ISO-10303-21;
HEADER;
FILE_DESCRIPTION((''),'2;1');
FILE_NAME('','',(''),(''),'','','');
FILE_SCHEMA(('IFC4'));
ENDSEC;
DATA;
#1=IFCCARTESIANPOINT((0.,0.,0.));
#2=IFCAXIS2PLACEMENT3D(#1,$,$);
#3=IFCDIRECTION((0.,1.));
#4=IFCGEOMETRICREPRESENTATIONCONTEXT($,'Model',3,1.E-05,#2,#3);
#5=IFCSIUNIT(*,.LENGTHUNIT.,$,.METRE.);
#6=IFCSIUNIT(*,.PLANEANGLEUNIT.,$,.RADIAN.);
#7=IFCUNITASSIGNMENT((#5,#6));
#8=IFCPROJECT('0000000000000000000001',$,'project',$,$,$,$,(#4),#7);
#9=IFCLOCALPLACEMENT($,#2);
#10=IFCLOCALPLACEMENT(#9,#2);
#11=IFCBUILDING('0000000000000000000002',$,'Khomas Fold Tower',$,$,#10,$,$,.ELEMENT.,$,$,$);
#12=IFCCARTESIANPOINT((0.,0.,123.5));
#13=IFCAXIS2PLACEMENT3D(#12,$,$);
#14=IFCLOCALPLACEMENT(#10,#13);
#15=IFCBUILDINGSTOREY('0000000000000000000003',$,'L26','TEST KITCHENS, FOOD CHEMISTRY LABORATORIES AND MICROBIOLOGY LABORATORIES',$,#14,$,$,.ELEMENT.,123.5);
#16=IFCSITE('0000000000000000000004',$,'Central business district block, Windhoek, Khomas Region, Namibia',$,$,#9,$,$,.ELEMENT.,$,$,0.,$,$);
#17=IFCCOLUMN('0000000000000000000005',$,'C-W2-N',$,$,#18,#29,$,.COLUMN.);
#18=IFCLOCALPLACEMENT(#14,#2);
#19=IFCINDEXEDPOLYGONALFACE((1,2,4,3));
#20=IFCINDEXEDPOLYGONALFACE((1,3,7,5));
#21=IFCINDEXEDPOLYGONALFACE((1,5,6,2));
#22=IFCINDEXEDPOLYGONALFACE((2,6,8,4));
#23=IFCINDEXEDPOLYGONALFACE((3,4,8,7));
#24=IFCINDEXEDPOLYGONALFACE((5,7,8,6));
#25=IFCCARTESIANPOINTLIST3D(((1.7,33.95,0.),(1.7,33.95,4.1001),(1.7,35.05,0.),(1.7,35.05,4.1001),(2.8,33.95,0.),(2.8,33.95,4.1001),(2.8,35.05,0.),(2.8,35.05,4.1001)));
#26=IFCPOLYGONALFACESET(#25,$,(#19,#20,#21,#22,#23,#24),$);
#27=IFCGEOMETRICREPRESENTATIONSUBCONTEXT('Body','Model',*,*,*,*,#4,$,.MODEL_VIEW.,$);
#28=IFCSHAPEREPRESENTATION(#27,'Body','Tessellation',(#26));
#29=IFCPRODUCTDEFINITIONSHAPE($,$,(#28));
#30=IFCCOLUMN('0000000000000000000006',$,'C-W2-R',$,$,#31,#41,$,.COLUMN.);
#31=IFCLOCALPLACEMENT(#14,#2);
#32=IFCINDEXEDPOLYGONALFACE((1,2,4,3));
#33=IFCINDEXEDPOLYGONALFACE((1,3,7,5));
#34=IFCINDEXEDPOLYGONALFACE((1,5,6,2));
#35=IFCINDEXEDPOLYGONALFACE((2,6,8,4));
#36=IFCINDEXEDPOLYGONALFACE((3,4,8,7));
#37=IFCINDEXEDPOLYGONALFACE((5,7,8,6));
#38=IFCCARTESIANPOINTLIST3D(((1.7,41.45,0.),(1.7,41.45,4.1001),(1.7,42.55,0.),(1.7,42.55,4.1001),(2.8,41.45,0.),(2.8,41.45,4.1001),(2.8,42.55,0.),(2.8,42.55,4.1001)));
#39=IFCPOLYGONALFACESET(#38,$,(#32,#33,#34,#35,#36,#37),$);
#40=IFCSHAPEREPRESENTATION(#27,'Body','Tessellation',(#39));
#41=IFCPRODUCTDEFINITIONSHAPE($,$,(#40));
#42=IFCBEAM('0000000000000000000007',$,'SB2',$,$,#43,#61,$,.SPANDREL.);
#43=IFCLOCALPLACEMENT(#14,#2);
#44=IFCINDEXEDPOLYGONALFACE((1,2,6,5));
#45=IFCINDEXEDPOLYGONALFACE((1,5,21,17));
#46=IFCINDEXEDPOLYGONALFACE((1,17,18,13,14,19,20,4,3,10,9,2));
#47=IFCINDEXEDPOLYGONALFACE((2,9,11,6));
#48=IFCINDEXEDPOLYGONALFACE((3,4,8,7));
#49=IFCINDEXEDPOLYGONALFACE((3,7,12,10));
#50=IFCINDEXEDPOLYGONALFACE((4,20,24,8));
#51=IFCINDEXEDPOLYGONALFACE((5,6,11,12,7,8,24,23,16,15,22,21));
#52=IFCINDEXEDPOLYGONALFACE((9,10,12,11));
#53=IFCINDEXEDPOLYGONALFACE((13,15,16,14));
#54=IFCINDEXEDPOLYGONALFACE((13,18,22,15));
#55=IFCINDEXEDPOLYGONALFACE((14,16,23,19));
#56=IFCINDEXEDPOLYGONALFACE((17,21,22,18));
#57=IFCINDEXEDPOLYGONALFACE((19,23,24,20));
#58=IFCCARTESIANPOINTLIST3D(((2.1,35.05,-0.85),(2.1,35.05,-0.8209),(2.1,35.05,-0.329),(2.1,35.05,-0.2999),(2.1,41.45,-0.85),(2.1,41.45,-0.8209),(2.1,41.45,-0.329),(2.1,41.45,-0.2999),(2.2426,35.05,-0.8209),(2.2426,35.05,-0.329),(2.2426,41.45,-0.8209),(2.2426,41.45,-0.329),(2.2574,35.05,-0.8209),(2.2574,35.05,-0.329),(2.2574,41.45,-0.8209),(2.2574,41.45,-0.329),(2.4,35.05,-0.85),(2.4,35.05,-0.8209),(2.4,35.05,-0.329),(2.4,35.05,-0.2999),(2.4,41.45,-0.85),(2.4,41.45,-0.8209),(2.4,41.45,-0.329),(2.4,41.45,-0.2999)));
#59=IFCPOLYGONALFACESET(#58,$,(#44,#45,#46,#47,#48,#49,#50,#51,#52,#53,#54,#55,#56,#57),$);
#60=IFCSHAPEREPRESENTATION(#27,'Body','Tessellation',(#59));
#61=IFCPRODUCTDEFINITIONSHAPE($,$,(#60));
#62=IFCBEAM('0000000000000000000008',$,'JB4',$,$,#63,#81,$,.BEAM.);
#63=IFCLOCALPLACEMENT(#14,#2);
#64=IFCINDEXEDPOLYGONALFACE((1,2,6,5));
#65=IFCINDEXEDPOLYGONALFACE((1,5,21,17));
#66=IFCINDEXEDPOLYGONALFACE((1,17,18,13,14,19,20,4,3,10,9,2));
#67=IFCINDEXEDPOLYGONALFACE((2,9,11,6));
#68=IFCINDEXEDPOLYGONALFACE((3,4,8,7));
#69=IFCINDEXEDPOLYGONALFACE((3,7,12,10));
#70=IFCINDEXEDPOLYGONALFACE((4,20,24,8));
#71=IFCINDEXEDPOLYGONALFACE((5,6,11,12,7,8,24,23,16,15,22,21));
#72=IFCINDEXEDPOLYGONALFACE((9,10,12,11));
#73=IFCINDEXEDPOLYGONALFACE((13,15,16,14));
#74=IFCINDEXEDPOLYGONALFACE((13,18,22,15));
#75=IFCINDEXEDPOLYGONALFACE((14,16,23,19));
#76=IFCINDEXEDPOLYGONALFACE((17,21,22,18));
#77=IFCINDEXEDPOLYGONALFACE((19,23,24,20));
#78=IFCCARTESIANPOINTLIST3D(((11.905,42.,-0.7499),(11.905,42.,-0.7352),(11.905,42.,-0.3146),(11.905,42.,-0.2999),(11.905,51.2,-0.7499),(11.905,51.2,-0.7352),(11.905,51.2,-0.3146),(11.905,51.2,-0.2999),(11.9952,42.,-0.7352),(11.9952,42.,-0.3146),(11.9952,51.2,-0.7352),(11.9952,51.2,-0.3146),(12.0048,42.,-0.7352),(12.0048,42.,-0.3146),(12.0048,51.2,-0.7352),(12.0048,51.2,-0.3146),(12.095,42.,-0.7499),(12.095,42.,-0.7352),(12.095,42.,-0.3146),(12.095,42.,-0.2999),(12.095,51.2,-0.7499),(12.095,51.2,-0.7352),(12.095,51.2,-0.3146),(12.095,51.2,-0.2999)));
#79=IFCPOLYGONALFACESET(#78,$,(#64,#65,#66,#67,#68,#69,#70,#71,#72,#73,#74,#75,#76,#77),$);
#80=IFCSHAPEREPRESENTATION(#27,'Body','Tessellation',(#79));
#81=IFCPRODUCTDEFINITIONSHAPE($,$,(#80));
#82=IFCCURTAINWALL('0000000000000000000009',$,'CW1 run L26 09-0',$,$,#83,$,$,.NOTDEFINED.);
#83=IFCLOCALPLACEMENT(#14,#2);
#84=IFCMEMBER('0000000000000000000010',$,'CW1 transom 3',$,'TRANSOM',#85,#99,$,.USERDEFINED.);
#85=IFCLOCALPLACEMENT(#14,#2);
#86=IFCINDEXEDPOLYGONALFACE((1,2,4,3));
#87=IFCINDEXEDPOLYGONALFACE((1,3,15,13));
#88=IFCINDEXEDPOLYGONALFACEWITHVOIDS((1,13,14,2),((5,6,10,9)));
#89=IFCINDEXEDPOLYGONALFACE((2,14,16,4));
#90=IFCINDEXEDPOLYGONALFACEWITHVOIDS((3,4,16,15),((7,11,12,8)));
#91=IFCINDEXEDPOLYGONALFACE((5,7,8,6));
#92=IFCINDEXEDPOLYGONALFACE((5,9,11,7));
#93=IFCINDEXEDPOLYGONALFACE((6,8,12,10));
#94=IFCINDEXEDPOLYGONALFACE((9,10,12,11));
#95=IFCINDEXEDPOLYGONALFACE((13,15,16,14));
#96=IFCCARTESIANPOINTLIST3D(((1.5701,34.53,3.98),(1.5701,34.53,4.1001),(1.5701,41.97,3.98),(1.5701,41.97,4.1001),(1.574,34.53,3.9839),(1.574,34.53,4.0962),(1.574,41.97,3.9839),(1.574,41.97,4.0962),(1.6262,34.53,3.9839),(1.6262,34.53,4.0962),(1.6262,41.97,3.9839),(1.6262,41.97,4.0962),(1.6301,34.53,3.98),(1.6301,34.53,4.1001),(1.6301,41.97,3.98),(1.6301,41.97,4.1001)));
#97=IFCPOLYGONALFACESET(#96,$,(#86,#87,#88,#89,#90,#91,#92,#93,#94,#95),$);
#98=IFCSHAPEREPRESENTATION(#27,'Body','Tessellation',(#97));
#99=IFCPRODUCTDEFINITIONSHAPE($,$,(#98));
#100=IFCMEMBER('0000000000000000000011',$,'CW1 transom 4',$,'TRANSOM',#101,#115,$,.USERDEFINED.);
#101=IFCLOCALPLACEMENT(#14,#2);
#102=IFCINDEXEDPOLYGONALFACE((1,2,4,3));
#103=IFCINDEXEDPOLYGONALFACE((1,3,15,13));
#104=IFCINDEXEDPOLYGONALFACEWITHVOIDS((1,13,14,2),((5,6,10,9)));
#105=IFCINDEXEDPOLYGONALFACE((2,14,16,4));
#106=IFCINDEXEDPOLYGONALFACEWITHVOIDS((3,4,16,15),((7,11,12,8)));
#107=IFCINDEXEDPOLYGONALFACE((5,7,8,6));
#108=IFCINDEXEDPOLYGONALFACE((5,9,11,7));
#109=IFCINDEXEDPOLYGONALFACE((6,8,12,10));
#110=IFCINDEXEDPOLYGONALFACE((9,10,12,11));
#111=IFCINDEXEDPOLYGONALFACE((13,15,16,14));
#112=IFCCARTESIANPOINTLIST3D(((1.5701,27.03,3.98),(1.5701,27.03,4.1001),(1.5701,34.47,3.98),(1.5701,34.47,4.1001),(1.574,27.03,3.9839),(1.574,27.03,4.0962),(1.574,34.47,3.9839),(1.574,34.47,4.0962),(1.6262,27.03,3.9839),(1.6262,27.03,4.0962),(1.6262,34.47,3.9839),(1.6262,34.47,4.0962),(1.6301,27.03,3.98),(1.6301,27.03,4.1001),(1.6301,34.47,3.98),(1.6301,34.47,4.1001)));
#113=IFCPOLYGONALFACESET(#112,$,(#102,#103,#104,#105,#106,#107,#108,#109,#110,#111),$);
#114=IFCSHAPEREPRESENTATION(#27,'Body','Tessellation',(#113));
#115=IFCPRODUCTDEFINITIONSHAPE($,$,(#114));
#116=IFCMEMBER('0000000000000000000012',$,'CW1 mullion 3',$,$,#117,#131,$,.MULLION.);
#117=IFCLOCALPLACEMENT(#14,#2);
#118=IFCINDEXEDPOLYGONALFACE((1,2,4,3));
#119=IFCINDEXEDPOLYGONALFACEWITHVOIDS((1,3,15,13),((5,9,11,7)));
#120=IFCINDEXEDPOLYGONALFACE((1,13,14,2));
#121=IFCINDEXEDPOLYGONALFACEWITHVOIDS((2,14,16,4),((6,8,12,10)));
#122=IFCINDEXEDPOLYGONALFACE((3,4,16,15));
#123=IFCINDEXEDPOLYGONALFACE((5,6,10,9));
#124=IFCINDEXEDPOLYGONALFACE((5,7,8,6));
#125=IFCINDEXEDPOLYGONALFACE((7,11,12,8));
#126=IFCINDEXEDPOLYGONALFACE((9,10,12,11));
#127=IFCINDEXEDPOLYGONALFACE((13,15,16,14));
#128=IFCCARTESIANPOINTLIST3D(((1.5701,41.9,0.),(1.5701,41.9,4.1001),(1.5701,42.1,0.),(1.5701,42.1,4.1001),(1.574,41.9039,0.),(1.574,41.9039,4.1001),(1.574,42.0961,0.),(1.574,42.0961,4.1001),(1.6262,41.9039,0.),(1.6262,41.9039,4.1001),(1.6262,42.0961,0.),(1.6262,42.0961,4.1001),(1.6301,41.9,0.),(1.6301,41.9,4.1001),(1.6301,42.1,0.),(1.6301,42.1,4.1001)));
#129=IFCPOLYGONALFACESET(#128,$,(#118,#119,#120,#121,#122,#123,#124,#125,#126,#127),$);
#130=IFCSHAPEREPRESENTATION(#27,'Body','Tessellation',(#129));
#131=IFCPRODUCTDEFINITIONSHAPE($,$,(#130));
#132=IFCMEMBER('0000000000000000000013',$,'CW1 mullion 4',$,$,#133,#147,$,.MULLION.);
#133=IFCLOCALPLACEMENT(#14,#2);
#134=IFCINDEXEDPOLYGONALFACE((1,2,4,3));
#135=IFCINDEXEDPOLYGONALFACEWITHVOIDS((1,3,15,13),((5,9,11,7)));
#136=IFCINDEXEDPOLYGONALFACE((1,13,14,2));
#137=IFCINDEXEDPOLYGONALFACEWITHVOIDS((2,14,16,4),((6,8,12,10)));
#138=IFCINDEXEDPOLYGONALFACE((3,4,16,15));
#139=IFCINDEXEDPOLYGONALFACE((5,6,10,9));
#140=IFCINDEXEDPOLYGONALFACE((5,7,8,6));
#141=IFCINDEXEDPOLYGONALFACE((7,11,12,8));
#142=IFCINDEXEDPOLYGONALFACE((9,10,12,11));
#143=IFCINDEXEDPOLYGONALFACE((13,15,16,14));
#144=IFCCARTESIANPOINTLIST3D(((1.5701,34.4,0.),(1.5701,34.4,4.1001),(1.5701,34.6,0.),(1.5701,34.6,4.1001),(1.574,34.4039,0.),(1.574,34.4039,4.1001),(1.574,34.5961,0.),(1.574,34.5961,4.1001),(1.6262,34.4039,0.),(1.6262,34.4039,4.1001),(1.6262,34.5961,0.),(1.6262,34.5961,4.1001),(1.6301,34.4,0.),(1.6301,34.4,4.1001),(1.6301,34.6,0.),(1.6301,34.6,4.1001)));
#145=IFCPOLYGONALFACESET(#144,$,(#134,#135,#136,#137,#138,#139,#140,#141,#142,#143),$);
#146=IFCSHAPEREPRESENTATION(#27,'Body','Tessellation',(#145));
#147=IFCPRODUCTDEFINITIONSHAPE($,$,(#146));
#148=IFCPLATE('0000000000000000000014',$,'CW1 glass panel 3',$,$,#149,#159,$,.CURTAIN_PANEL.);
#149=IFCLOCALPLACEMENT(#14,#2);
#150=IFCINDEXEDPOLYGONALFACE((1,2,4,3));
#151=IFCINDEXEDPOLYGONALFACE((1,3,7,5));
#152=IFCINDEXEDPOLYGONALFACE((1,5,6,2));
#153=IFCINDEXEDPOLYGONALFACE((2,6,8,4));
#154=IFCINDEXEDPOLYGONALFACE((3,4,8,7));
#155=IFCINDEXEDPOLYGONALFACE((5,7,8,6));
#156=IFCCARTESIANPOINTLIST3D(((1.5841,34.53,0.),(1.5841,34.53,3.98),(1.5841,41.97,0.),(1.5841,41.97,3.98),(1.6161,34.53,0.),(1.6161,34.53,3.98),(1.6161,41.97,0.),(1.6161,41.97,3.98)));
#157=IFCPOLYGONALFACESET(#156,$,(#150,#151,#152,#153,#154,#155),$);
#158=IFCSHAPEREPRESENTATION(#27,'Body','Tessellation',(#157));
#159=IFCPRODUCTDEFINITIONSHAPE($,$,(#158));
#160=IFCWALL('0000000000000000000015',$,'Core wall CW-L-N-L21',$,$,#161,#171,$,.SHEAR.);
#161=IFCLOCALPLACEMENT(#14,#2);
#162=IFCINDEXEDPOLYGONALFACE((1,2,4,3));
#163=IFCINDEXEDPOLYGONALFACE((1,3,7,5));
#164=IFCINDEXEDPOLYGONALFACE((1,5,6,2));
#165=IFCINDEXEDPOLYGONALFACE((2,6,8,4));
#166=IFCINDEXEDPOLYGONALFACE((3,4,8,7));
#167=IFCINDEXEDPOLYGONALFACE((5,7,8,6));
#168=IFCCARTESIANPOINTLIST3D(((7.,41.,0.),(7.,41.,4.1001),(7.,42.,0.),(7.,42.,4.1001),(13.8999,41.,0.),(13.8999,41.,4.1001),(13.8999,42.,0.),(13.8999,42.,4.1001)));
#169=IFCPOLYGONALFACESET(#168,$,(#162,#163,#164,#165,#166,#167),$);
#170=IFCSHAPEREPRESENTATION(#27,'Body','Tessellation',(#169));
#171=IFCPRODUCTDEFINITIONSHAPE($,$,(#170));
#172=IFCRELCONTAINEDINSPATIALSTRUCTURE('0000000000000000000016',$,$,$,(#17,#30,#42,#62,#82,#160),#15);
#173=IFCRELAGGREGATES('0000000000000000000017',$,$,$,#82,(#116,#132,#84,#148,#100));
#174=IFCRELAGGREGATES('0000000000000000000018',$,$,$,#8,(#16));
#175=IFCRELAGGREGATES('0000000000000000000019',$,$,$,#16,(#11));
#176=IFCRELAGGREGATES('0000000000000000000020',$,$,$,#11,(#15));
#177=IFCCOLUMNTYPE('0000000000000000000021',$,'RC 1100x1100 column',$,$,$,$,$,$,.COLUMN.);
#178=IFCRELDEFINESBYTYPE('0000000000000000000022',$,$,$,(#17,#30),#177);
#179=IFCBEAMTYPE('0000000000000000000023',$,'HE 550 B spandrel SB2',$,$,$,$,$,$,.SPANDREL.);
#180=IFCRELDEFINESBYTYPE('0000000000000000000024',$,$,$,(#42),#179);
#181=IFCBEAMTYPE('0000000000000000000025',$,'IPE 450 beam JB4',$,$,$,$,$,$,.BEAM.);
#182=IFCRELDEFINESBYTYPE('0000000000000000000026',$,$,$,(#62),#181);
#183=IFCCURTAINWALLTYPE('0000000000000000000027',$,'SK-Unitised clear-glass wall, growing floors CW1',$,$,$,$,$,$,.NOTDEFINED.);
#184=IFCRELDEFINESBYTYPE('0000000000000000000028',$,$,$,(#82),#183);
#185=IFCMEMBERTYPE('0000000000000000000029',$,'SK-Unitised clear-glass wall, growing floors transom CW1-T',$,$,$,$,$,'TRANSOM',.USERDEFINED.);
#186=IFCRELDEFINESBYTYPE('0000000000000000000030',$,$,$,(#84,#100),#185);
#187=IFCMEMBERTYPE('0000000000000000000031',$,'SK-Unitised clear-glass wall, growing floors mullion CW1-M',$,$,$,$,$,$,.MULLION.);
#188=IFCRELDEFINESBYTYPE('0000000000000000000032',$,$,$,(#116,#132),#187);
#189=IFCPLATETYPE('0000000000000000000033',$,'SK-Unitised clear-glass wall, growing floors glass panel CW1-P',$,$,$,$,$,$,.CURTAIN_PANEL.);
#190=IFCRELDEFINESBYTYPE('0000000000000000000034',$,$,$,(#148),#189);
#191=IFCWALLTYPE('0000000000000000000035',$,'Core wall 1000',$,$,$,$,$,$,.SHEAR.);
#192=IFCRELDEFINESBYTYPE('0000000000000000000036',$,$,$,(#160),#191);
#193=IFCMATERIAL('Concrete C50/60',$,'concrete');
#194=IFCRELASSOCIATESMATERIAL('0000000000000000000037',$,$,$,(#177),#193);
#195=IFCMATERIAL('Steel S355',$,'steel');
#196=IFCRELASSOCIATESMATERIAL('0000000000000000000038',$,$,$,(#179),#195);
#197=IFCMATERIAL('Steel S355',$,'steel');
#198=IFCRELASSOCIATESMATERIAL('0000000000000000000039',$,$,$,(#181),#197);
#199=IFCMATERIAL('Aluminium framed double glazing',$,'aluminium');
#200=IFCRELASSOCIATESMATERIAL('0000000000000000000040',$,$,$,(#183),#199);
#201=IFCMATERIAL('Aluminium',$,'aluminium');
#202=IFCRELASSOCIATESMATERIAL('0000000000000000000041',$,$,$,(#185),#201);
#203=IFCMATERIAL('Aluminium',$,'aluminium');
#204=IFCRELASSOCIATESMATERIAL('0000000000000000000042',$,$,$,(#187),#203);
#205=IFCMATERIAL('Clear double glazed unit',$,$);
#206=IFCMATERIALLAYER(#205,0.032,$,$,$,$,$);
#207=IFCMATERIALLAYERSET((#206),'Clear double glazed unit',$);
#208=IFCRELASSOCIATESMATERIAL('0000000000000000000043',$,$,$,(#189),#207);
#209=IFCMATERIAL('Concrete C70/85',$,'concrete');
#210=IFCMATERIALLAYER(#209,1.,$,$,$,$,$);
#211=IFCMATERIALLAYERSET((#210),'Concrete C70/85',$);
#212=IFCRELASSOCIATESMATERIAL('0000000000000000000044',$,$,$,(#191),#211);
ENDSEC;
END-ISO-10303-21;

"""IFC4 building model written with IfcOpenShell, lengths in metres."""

from ifc_helpers import new_model, si_unit, direction, frame, frame_2d, origin, origin_2d, place, context, subcontext, project, spatial, rectangle, hollow_rectangle, i_section, extrude, source, transform, mapped, material, layer, layer_set, material_profile, profile_set, type_object, element, aggregate, save


model = new_model("IFC4")

# Units and contexts
model_context = context("Model", 3, precision=1e-05, world=origin(), true_north=direction((0.0, 1.0)))
body_context = subcontext(model_context, "Body", "Model", "MODEL_VIEW")
ifc_project = project(units=[si_unit("LENGTHUNIT", "METRE"), si_unit("PLANEANGLEUNIT", "RADIAN")], contexts=[model_context])

# Site, building, storey
site_placement = place(None, origin())
site = spatial("IfcSite", under=ifc_project, at=site_placement, Name="Central business district block, Windhoek, Khomas Region, Namibia", CompositionType="ELEMENT", RefElevation=0.0)
building_placement = place(site_placement, origin())
building = spatial("IfcBuilding", under=site, at=building_placement, Name="Khomas Fold Tower", CompositionType="ELEMENT")
storey_placement = place(building_placement, frame((0.0, 0.0, 123.5)))
storey = spatial("IfcBuildingStorey", under=building, at=storey_placement, Name="L26", Description="TEST KITCHENS, FOOD CHEMISTRY LABORATORIES AND MICROBIOLOGY LABORATORIES", CompositionType="ELEMENT", Elevation=123.5)

# Columns
ifc_material_1 = material(Name="Concrete C50/60", Category="concrete")
ifc_material_profile_1 = material_profile(ifc_material_1, rectangle(XDim=1.1001, YDim=1.1001, at=origin_2d()), Name="RC 1100x1100")
ifc_profile_set_1 = profile_set([ifc_material_profile_1], Name="Concrete C50/60")
column_type = type_object("IfcColumnType", Name="RC 1100x1100 column", PredefinedType="COLUMN", material=ifc_profile_set_1)
shared_shape_1 = source(origin(), body_context, "Body", "SweptSolid", [
    extrude(rectangle(XDim=1.1001, YDim=1.1001, at=origin_2d()), origin(), (0.0, 0.0, 1.0), 4.1001),
])
for number, where, z_axis, x_axis, name in (
    (1, (2.25, 34.5, 0.0), (0.0, 0.0, 1.0), (1.0, 0.0, 0.0), "C-W2-N"),
    (2, (2.25, 42.0, 0.0), (0.0, 0.0, 1.0), (1.0, 0.0, 0.0), "C-W2-R"),
):
    element("IfcColumn", number, at=place(storey_placement, frame(where, z_axis=z_axis, x_axis=x_axis)), inside=storey, type_object=column_type, Name=name, PredefinedType="COLUMN", context=body_context, shape_type="MappedRepresentation", body=[
        mapped(shared_shape_1, transform((0.0, 0.0, 0.0))),
    ])

# Beams
ifc_material_2 = material(Name="Steel S355", Category="steel")
ifc_material_profile_2 = material_profile(ifc_material_2, i_section(OverallWidth=0.3, OverallDepth=0.55, WebThickness=0.0149, FlangeThickness=0.0291, at=origin_2d()), Name="HE 550 B")
ifc_profile_set_2 = profile_set([ifc_material_profile_2], Name="Steel S355")
beam_type_1 = type_object("IfcBeamType", Name="HE 550 B spandrel SB2", PredefinedType="SPANDREL", material=ifc_profile_set_2)
shared_shape_2 = source(origin(), body_context, "Body", "SweptSolid", [
    extrude(i_section(OverallWidth=0.3, OverallDepth=0.55, WebThickness=0.0149, FlangeThickness=0.0291, at=origin_2d()), origin(), (0.0, 0.0, 1.0), 6.3999),
])
beam_1_placement = place(storey_placement, frame((2.25, 35.05, -0.575), z_axis=(0.0, 1.0, 0.0), x_axis=(-1.0, 0.0, 0.0)))
element("IfcBeam", 3, at=beam_1_placement, inside=storey, type_object=beam_type_1, Name="SB2", PredefinedType="SPANDREL", context=body_context, shape_type="MappedRepresentation", body=[
    mapped(shared_shape_2, transform((0.0, 0.0, 0.0))),
])
ifc_material_3 = material(Name="Steel S355", Category="steel")
ifc_material_profile_3 = material_profile(ifc_material_3, i_section(OverallWidth=0.1899, OverallDepth=0.45, WebThickness=0.0095, FlangeThickness=0.0146, at=origin_2d()), Name="IPE 450")
ifc_profile_set_3 = profile_set([ifc_material_profile_3], Name="Steel S355")
beam_type_2 = type_object("IfcBeamType", Name="IPE 450 beam JB4", PredefinedType="BEAM", material=ifc_profile_set_3)
shared_shape_3 = source(origin(), body_context, "Body", "SweptSolid", [
    extrude(i_section(OverallWidth=0.1899, OverallDepth=0.45, WebThickness=0.0095, FlangeThickness=0.0146, at=origin_2d()), origin(), (0.0, 0.0, 1.0), 9.2),
])
beam_2_placement = place(storey_placement, frame((12.0, 42.0, -0.5249), z_axis=(0.0, 1.0, 0.0), x_axis=(-1.0, 0.0, 0.0)))
element("IfcBeam", 4, at=beam_2_placement, inside=storey, type_object=beam_type_2, Name="JB4", PredefinedType="BEAM", context=body_context, shape_type="MappedRepresentation", body=[
    mapped(shared_shape_3, transform((0.0, 0.0, 0.0))),
])

# Curtain wall, members, plate
ifc_material_4 = material(Name="Aluminium framed double glazing", Category="aluminium")
curtain_wall_type = type_object("IfcCurtainWallType", Name="SK-Unitised clear-glass wall, growing floors CW1", PredefinedType="NOTDEFINED", material=ifc_material_4)
curtain_wall_placement = place(storey_placement, origin())
curtain_wall = element("IfcCurtainWall", 5, at=curtain_wall_placement, inside=storey, type_object=curtain_wall_type, Name="CW1 run L26 09-0", PredefinedType="NOTDEFINED")
ifc_material_5 = material(Name="Aluminium", Category="aluminium")
ifc_material_profile_4 = material_profile(ifc_material_5, hollow_rectangle(XDim=0.0601, YDim=0.1201, WallThickness=0.0039, at=origin_2d()), Name="SK-Unitised clear-glass wall, growing floors transom CW1-T")
ifc_profile_set_4 = profile_set([ifc_material_profile_4], Name="Aluminium")
member_type_1 = type_object("IfcMemberType", Name="SK-Unitised clear-glass wall, growing floors transom CW1-T", ElementType="TRANSOM", PredefinedType="USERDEFINED", material=ifc_profile_set_4)
shared_shape_4 = source(origin(), body_context, "Body", "SweptSolid", [
    extrude(hollow_rectangle(XDim=0.0601, YDim=0.1201, WallThickness=0.0039, at=origin_2d()), origin(), (0.0, 0.0, 1.0), 7.4399),
])
member_1_placement = place(storey_placement, frame((1.6001, 41.97, 4.04), z_axis=(0.0, -1.0, 0.0), x_axis=(1.0, 0.0, 0.0)))
member_1 = element("IfcMember", 6, at=member_1_placement, type_object=member_type_1, Name="CW1 transom 3", ObjectType="TRANSOM", PredefinedType="USERDEFINED", context=body_context, shape_type="MappedRepresentation", body=[
    mapped(shared_shape_4, transform((0.0, 0.0, 0.0))),
])
member_2_placement = place(storey_placement, frame((1.6001, 34.47, 4.04), z_axis=(0.0, -1.0, 0.0), x_axis=(1.0, 0.0, 0.0)))
member_2 = element("IfcMember", 7, at=member_2_placement, type_object=member_type_1, Name="CW1 transom 4", ObjectType="TRANSOM", PredefinedType="USERDEFINED", context=body_context, shape_type="MappedRepresentation", body=[
    mapped(shared_shape_4, transform((0.0, 0.0, 0.0))),
])
ifc_material_6 = material(Name="Aluminium", Category="aluminium")
ifc_material_profile_5 = material_profile(ifc_material_6, hollow_rectangle(XDim=0.0601, YDim=0.2, WallThickness=0.0039, at=origin_2d()), Name="SK-Unitised clear-glass wall, growing floors mullion CW1-M")
ifc_profile_set_5 = profile_set([ifc_material_profile_5], Name="Aluminium")
member_type_2 = type_object("IfcMemberType", Name="SK-Unitised clear-glass wall, growing floors mullion CW1-M", PredefinedType="MULLION", material=ifc_profile_set_5)
shared_shape_5 = source(origin(), body_context, "Body", "SweptSolid", [
    extrude(hollow_rectangle(XDim=0.0601, YDim=0.2, WallThickness=0.0039, at=origin_2d()), origin(), (0.0, 0.0, 1.0), 4.1001),
])
member_3_placement = place(storey_placement, frame((1.6001, 42.0, 0.0), z_axis=(0.0, 0.0, 1.0), x_axis=(1.0, 0.0, 0.0)))
member_3 = element("IfcMember", 8, at=member_3_placement, type_object=member_type_2, Name="CW1 mullion 3", PredefinedType="MULLION", context=body_context, shape_type="MappedRepresentation", body=[
    mapped(shared_shape_5, transform((0.0, 0.0, 0.0))),
])
member_4_placement = place(storey_placement, frame((1.6001, 34.5, 0.0), z_axis=(0.0, 0.0, 1.0), x_axis=(1.0, 0.0, 0.0)))
member_4 = element("IfcMember", 9, at=member_4_placement, type_object=member_type_2, Name="CW1 mullion 4", PredefinedType="MULLION", context=body_context, shape_type="MappedRepresentation", body=[
    mapped(shared_shape_5, transform((0.0, 0.0, 0.0))),
])
ifc_material_7 = material(Name="Clear double glazed unit")
ifc_layer_1 = layer(ifc_material_7, 0.032)
ifc_layer_set_1 = layer_set([ifc_layer_1], Name="Clear double glazed unit")
plate_type = type_object("IfcPlateType", Name="SK-Unitised clear-glass wall, growing floors glass panel CW1-P", PredefinedType="CURTAIN_PANEL", material=ifc_layer_set_1)
shared_shape_6 = source(origin(), body_context, "Body", "SweptSolid", [
    extrude(rectangle(XDim=7.4399, YDim=0.032, at=origin_2d()), origin(), (0.0, 0.0, 1.0), 3.98),
])
plate_placement = place(storey_placement, frame((1.6001, 38.25, 0.0), z_axis=(0.0, 0.0, 1.0), x_axis=(0.0, -1.0, 0.0)))
plate = element("IfcPlate", 10, at=plate_placement, type_object=plate_type, Name="CW1 glass panel 3", PredefinedType="CURTAIN_PANEL", context=body_context, shape_type="MappedRepresentation", body=[
    mapped(shared_shape_6, transform((0.0, 0.0, 0.0))),
])
aggregate(curtain_wall, [member_3, member_4, member_1, plate, member_2])

# Wall
ifc_material_8 = material(Name="Concrete C70/85", Category="concrete")
ifc_layer_2 = layer(ifc_material_8, 1.0)
ifc_layer_set_2 = layer_set([ifc_layer_2], Name="Concrete C70/85")
wall_type_1 = type_object("IfcWallType", Name="Core wall 1000", PredefinedType="SHEAR", material=ifc_layer_set_2)
shared_shape_7 = source(origin(), body_context, "Body", "SweptSolid", [
    extrude(rectangle(XDim=6.8999, YDim=1.0, at=frame_2d((3.45, 0.0))), origin(), (0.0, 0.0, 1.0), 4.1001),
])
wall_1_placement = place(storey_placement, frame((7.0, 41.5, 0.0), z_axis=(0.0, 0.0, 1.0), x_axis=(1.0, 0.0, 0.0)))
element("IfcWall", 11, at=wall_1_placement, inside=storey, type_object=wall_type_1, Name="Core wall CW-L-N-L21", PredefinedType="SHEAR", context=body_context, shape_type="MappedRepresentation", body=[
    mapped(shared_shape_7, transform((0.0, 0.0, 0.0))),
])

save(model, "model.ifc")
